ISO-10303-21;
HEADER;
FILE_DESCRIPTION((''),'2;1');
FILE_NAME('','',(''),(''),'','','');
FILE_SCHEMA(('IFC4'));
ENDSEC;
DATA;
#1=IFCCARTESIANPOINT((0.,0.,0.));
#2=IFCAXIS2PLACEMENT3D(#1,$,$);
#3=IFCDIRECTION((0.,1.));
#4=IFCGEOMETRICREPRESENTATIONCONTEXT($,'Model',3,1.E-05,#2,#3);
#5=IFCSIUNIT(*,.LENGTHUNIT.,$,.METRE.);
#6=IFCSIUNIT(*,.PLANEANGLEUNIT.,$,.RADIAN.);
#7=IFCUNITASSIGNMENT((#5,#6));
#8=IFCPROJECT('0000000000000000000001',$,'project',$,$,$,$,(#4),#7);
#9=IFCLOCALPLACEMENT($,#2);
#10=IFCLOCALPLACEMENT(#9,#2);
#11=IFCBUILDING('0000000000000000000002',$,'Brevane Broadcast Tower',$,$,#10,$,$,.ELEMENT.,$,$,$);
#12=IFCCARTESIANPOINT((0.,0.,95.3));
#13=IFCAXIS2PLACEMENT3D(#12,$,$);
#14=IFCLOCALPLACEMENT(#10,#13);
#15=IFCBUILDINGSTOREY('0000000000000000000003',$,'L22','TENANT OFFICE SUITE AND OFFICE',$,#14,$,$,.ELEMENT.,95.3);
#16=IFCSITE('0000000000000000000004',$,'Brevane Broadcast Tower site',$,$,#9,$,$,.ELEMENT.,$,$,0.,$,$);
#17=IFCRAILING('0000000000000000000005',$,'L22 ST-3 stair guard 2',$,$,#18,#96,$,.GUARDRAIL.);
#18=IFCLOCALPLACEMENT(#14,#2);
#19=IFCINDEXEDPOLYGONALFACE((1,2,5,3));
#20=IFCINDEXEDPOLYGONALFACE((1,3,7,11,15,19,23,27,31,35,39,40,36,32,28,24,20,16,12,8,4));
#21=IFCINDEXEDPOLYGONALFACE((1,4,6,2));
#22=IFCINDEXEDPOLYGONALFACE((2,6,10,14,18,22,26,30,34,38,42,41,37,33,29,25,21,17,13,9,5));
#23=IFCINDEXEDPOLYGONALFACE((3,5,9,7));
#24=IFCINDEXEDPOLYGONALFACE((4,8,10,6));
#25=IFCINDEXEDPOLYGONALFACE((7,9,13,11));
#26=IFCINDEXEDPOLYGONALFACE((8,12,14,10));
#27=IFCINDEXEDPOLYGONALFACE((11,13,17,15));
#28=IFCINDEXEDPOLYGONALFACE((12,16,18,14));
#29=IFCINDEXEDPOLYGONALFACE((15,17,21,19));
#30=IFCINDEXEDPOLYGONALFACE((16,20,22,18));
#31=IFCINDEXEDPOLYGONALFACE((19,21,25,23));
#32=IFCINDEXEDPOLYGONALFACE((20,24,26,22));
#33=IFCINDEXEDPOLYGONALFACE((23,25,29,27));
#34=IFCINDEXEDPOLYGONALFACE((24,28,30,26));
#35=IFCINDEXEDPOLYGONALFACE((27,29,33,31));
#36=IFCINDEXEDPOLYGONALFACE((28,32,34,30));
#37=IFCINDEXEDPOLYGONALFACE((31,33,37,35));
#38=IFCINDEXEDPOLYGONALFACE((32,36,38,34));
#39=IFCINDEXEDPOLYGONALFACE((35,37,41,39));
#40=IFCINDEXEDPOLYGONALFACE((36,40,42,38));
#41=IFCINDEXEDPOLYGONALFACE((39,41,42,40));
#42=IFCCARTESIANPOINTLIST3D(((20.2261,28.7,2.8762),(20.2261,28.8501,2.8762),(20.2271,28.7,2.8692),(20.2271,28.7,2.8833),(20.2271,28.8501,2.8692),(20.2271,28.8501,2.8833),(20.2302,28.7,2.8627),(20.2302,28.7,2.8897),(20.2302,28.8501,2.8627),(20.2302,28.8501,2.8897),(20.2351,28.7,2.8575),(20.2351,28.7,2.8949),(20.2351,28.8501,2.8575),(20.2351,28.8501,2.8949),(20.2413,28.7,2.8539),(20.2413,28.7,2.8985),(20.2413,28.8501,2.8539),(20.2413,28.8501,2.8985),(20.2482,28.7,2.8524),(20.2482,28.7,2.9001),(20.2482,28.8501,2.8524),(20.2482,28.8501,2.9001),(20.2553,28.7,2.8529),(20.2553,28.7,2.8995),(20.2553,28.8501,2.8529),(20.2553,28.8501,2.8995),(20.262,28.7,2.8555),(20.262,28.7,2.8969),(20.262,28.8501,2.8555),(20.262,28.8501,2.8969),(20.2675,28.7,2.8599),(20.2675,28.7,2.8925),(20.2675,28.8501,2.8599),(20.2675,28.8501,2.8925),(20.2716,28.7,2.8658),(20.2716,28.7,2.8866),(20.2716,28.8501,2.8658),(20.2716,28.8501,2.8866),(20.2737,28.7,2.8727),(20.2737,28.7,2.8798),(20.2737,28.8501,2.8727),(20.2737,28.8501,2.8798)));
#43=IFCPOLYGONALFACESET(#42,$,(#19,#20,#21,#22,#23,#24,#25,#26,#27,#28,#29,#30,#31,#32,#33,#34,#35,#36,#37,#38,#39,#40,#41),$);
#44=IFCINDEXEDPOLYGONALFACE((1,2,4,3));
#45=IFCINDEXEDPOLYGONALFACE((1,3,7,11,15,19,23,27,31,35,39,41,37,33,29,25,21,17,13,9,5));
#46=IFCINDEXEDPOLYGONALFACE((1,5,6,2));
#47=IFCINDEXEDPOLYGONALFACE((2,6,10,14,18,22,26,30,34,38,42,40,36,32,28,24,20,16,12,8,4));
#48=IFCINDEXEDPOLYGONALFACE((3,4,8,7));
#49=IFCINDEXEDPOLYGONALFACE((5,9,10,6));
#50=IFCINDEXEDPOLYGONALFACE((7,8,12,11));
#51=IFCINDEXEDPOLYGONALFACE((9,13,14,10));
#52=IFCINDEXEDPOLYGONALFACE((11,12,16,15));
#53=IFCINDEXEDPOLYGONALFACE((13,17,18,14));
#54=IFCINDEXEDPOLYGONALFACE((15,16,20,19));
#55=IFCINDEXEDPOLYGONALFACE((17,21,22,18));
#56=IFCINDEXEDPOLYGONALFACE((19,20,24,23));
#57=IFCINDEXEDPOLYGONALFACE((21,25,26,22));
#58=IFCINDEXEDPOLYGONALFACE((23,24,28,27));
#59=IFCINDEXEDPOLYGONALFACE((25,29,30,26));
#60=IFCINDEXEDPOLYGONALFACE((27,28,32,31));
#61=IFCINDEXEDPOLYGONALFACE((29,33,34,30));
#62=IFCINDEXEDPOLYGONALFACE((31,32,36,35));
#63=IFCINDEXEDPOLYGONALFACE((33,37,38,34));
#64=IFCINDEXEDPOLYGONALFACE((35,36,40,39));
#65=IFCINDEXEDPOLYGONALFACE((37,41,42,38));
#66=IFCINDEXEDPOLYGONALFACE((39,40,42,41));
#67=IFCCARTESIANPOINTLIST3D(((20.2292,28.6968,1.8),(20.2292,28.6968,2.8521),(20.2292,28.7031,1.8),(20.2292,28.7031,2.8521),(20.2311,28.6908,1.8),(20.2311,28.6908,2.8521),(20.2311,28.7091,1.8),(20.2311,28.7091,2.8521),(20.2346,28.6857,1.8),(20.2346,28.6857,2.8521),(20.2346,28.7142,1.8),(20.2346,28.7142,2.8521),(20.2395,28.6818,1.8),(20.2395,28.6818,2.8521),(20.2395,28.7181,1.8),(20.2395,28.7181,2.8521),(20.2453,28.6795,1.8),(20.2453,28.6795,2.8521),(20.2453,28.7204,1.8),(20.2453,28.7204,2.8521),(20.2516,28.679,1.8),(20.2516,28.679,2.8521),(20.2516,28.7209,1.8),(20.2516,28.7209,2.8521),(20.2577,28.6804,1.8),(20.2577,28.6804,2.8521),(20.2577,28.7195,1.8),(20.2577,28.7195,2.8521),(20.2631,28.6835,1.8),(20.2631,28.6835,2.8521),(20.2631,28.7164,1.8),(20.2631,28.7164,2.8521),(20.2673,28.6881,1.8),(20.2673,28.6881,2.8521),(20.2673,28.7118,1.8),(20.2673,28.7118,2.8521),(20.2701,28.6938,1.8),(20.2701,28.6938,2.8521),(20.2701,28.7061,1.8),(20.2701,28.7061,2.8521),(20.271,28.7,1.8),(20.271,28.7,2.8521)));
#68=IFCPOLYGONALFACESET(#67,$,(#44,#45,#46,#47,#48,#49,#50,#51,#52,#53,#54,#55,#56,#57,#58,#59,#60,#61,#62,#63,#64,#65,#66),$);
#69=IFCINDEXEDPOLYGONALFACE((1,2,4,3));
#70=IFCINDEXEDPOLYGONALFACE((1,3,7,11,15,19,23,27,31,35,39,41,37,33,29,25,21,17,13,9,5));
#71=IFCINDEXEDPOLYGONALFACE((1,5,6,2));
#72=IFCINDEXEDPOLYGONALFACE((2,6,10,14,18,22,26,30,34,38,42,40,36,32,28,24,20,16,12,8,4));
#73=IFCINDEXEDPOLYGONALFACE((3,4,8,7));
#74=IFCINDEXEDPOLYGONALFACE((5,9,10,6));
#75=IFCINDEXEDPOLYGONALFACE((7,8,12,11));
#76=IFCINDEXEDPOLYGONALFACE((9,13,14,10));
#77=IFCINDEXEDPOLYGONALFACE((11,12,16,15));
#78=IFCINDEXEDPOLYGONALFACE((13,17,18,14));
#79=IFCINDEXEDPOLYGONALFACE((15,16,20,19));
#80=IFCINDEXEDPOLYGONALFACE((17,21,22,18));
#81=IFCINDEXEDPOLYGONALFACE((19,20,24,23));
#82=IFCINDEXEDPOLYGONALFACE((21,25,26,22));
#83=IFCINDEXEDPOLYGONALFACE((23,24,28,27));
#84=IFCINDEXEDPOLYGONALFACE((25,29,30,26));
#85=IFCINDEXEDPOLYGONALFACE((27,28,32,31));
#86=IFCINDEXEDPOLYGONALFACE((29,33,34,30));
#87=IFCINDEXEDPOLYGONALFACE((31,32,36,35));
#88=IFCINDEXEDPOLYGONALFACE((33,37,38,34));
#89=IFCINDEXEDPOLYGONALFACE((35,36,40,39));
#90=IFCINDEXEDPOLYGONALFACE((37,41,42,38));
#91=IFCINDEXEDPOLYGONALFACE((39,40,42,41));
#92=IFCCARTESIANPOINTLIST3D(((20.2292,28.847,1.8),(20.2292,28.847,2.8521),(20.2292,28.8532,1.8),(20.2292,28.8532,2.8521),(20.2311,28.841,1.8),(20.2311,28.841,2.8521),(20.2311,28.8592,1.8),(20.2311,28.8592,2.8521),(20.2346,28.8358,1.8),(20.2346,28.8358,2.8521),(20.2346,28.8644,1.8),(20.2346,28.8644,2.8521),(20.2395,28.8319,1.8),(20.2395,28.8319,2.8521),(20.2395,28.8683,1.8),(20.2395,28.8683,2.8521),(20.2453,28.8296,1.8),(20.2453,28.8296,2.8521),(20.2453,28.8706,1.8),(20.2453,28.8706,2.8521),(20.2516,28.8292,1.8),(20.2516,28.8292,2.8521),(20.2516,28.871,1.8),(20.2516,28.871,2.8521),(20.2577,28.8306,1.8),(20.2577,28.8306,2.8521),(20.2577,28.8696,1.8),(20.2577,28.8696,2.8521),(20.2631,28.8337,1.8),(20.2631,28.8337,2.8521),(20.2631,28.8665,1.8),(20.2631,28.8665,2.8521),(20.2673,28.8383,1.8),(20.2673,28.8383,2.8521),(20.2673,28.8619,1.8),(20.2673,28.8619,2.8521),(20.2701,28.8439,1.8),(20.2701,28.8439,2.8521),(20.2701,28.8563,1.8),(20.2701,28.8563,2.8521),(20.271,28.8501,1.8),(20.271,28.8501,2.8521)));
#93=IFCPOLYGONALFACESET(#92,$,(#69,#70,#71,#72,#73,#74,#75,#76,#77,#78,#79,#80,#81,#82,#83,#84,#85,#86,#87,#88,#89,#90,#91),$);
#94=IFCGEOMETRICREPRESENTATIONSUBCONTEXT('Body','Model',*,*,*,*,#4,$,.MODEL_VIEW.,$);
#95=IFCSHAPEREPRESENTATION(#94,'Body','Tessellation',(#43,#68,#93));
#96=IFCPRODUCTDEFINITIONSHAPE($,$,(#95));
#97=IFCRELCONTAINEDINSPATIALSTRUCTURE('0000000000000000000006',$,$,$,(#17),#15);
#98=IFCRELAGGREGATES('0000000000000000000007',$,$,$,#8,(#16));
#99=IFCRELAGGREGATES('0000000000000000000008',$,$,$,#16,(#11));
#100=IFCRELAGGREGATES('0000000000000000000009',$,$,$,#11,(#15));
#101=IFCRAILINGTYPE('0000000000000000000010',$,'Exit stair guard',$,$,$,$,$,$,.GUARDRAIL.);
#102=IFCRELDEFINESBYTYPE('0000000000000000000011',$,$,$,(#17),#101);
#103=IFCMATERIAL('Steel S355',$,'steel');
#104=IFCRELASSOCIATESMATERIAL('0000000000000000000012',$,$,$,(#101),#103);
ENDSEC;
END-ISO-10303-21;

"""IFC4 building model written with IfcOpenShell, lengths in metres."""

from ifc_helpers import new_model, si_unit, direction, frame, origin, origin_2d, place, context, subcontext, project, spatial, circle, extrude, material, type_object, element, save


model = new_model("IFC4")

# Units and contexts
model_context = context("Model", 3, precision=1e-05, world=origin(), true_north=direction((0.0, 1.0)))
body_context = subcontext(model_context, "Body", "Model", "MODEL_VIEW")
ifc_project = project(units=[si_unit("LENGTHUNIT", "METRE"), si_unit("PLANEANGLEUNIT", "RADIAN")], contexts=[model_context])

# Site, building, storey
site_placement = place(None, origin())
site = spatial("IfcSite", under=ifc_project, at=site_placement, Name="Brevane Broadcast Tower site", CompositionType="ELEMENT", RefElevation=0.0)
building_placement = place(site_placement, origin())
building = spatial("IfcBuilding", under=site, at=building_placement, Name="Brevane Broadcast Tower", CompositionType="ELEMENT")
storey_placement = place(building_placement, frame((0.0, 0.0, 95.3)))
storey = spatial("IfcBuildingStorey", under=building, at=storey_placement, Name="L22", Description="TENANT OFFICE SUITE AND OFFICE", CompositionType="ELEMENT", Elevation=95.3)

# Railing
ifc_material_1 = material(Name="Steel S355", Category="steel")
railing_type_1 = type_object("IfcRailingType", Name="Exit stair guard", PredefinedType="GUARDRAIL", material=ifc_material_1)
railing_1_placement = place(storey_placement, frame((20.25, 28.7, 1.8)))
element("IfcRailing", 1, at=railing_1_placement, inside=storey, type_object=railing_type_1, Name="L22 ST-3 stair guard 2", PredefinedType="GUARDRAIL", context=body_context, shape_type="SweptSolid", body=[
    extrude(circle(Radius=0.0239, at=origin_2d()), frame((0.0, 0.0, 1.0762), z_axis=(0.0, 1.0, 0.0), x_axis=(-1.0, 0.0, 0.0)), (0.0, 0.0, 1.0), 0.1501),
    extrude(circle(Radius=0.021, at=origin_2d()), origin(), (0.0, 0.0, 1.0), 1.052),
    extrude(circle(Radius=0.021, at=origin_2d()), frame((0.0, 0.1501, 0.0)), (0.0, 0.0, 1.0), 1.052),
])

save(model, "model.ifc")
